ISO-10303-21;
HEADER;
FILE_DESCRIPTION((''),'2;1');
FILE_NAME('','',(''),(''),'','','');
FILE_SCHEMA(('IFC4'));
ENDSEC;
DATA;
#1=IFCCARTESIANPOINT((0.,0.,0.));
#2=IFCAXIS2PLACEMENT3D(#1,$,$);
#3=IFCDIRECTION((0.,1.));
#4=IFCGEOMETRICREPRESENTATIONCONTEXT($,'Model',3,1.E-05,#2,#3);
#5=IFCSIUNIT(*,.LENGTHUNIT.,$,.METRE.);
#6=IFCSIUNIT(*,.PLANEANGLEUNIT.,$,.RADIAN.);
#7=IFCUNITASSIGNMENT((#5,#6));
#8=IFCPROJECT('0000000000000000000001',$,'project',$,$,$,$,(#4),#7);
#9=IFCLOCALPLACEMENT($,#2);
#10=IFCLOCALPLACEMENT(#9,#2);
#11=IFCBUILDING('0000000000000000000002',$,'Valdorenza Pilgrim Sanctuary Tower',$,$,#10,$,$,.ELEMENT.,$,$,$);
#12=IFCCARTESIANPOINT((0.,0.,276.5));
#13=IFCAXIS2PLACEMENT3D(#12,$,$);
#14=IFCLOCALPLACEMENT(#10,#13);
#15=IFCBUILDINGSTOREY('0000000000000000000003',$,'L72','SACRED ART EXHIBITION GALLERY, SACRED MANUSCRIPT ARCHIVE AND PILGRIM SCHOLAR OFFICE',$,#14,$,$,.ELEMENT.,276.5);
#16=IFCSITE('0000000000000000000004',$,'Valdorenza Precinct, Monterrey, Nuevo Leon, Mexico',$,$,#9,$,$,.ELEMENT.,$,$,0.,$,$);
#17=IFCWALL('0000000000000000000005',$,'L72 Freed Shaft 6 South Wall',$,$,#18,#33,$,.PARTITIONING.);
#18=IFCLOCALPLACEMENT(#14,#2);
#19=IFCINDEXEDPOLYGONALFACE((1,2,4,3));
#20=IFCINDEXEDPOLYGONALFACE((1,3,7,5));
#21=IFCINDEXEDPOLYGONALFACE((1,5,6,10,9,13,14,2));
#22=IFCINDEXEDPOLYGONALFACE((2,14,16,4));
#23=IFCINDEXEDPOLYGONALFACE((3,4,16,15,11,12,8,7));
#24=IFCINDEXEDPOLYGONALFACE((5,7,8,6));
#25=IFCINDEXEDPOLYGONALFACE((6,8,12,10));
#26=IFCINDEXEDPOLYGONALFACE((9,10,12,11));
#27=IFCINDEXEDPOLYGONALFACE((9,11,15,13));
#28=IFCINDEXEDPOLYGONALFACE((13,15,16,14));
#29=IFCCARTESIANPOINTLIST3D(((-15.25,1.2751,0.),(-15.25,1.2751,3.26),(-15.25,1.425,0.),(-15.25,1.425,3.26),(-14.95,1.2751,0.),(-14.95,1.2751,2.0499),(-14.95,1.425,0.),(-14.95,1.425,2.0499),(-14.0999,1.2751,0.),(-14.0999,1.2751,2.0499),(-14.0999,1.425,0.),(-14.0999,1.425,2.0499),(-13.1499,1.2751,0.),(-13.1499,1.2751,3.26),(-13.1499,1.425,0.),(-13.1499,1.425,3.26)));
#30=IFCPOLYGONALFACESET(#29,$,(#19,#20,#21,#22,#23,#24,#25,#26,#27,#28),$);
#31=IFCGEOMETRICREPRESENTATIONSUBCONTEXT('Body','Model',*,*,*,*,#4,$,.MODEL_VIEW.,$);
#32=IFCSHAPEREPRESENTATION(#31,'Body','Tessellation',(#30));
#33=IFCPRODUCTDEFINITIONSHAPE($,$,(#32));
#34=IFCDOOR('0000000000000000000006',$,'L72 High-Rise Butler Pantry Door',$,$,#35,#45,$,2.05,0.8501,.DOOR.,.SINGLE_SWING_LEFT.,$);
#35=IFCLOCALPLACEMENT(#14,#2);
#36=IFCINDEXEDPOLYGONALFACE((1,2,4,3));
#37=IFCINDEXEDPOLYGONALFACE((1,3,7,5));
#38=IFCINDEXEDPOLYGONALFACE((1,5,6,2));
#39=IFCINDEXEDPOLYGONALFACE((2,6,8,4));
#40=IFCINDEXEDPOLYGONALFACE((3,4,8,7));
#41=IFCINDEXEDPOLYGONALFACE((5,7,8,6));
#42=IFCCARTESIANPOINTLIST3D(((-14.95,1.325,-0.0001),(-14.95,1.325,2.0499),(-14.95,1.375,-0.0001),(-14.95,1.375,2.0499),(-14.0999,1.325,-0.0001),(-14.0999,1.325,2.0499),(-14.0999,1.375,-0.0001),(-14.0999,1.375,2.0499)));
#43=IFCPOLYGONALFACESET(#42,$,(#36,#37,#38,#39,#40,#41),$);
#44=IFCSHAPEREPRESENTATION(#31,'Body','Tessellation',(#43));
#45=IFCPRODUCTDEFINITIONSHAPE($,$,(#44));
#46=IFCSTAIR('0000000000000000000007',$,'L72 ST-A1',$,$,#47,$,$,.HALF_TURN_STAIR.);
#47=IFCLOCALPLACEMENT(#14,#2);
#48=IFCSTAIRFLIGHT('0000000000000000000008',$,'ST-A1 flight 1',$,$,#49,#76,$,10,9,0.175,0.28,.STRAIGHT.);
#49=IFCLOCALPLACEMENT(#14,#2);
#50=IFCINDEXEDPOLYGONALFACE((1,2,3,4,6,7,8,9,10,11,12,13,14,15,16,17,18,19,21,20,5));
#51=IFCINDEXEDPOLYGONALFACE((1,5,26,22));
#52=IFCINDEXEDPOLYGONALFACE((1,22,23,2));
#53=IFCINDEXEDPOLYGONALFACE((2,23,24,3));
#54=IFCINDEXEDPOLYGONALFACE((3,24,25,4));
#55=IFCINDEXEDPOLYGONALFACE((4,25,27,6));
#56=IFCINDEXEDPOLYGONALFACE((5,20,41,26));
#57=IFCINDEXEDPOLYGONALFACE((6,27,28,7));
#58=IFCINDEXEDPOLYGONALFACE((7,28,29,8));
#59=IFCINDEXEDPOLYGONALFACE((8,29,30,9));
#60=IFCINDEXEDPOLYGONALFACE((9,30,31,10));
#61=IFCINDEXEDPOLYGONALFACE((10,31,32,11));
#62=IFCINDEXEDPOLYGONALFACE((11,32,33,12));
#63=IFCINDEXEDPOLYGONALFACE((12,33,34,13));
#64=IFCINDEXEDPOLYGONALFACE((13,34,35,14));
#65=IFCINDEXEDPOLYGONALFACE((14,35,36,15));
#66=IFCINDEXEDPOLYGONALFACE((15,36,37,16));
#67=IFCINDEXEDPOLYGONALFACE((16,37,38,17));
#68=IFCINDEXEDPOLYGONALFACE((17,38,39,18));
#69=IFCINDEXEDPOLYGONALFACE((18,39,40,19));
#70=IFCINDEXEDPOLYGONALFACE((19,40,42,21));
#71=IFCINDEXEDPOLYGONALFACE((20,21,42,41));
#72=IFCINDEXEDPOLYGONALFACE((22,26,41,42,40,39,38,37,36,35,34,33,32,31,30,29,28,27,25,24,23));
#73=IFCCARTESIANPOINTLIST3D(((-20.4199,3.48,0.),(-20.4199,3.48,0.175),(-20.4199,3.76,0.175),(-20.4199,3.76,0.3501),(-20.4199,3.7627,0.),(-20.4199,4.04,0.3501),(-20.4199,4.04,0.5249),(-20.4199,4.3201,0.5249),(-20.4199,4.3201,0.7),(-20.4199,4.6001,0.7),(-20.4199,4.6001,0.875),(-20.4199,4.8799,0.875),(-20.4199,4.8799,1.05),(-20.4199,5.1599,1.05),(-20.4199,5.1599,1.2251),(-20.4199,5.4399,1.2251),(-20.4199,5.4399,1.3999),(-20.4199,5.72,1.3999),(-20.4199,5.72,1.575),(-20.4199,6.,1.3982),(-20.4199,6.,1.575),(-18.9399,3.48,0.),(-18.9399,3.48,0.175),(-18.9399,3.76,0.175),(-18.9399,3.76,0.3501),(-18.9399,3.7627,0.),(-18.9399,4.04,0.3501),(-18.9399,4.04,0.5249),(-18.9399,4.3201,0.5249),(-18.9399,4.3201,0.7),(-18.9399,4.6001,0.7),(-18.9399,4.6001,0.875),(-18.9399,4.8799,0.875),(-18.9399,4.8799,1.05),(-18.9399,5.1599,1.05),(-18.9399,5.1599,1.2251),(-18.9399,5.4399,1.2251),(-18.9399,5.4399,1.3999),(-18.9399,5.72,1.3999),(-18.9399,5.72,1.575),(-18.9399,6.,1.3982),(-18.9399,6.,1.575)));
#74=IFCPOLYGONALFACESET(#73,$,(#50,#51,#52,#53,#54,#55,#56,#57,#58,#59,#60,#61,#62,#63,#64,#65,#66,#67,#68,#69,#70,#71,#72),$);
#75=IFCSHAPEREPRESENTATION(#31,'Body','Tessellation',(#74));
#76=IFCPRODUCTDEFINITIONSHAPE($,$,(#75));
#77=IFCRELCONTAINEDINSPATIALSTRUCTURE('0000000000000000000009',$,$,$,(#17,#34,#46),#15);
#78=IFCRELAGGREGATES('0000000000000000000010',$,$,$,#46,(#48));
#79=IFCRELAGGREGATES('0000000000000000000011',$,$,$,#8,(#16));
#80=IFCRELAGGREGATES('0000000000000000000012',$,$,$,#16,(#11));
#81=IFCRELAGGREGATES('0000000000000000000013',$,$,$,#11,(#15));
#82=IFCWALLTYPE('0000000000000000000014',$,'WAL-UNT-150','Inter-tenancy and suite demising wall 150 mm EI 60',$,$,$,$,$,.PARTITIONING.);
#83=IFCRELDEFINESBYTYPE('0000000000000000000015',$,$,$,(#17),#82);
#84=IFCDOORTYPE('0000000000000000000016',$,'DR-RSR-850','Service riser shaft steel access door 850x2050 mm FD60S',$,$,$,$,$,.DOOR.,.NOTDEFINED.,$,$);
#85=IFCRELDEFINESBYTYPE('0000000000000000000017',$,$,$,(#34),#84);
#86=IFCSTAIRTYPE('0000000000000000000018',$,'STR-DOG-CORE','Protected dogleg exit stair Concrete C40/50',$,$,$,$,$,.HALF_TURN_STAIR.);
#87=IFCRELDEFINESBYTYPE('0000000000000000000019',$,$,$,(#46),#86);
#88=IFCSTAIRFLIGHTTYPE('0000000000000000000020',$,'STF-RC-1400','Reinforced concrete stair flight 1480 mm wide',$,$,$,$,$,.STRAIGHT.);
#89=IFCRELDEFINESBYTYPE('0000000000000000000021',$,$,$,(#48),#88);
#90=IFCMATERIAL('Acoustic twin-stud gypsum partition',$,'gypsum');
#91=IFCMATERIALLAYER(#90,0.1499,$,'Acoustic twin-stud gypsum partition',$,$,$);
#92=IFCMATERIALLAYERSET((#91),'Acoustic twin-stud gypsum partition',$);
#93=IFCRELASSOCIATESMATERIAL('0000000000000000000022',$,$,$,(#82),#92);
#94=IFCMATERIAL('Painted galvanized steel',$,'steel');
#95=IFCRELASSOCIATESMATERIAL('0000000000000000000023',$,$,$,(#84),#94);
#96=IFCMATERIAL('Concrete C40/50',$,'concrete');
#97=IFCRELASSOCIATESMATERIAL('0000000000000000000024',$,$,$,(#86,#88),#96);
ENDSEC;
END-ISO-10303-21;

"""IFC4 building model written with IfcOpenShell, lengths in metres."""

from ifc_helpers import new_model, si_unit, direction, frame, frame_2d, origin, place, context, subcontext, project, spatial, polyline, rectangle, outline, extrude, material, layer, layer_set, type_object, element, fill, aggregate, save


model = new_model("IFC4")

# Units and contexts
model_context = context("Model", 3, precision=1e-05, world=origin(), true_north=direction((0.0, 1.0)))
body_context = subcontext(model_context, "Body", "Model", "MODEL_VIEW")
ifc_project = project(units=[si_unit("LENGTHUNIT", "METRE"), si_unit("PLANEANGLEUNIT", "RADIAN")], contexts=[model_context])

# Site, building, storey
site_placement = place(None, origin())
site = spatial("IfcSite", under=ifc_project, at=site_placement, Name="Valdorenza Precinct, Monterrey, Nuevo Leon, Mexico", CompositionType="ELEMENT", RefElevation=0.0)
building_placement = place(site_placement, origin())
building = spatial("IfcBuilding", under=site, at=building_placement, Name="Valdorenza Pilgrim Sanctuary Tower", CompositionType="ELEMENT")
storey_placement = place(building_placement, frame((0.0, 0.0, 276.5)))
storey = spatial("IfcBuildingStorey", under=building, at=storey_placement, Name="L72", Description="SACRED ART EXHIBITION GALLERY, SACRED MANUSCRIPT ARCHIVE AND PILGRIM SCHOLAR OFFICE", CompositionType="ELEMENT", Elevation=276.5)

# Shared definitions
ifc_material_1 = material(Name="Acoustic twin-stud gypsum partition", Category="gypsum")

# Shared definitions
ifc_material_2 = material(Name="Concrete C40/50", Category="concrete")
ifc_layer_1 = layer(ifc_material_1, 0.1499, Name="Acoustic twin-stud gypsum partition")
ifc_layer_set_1 = layer_set([ifc_layer_1], Name="Acoustic twin-stud gypsum partition")
wall_type_1 = type_object("IfcWallType", Name="WAL-UNT-150", Description="Inter-tenancy and suite demising wall 150 mm EI 60", PredefinedType="PARTITIONING", material=ifc_layer_set_1)

# Wall, opening, door
wall_1_placement = place(storey_placement, frame((-15.25, 1.3501, 0.0), z_axis=(0.0, 0.0, 1.0), x_axis=(1.0, 0.0, 0.0)))
wall_1 = element("IfcWall", 1, at=wall_1_placement, inside=storey, type_object=wall_type_1, Name="L72 Freed Shaft 6 South Wall", PredefinedType="PARTITIONING", context=body_context, shape_type="SweptSolid", body=[
    extrude(rectangle(XDim=2.1001, YDim=0.1499, at=frame_2d((1.05, 0.0))), origin(), (0.0, 0.0, 1.0), 3.26),
])
opening_1_placement = place(wall_1_placement, frame((0.3, 0.0, 0.0)))
opening_1 = element("IfcOpeningElement", 2, at=opening_1_placement, cuts=wall_1, PredefinedType="OPENING", context=body_context, shape_type="SweptSolid", body=[
    extrude(rectangle(XDim=0.8501, YDim=2.05, at=frame_2d((0.425, 1.0249))), frame((0.0, 0.0898, 0.0), z_axis=(0.0, -1.0, 0.0), x_axis=(1.0, 0.0, 0.0)), (0.0, 0.0, 1.0), 0.1797),
])
ifc_material_3 = material(Name="Painted galvanized steel", Category="steel")
door_type_1 = type_object("IfcDoorType", Name="DR-RSR-850", Description="Service riser shaft steel access door 850x2050 mm FD60S", OperationType="NOTDEFINED", PredefinedType="DOOR", material=ifc_material_3)
door_1_placement = place(opening_1_placement, origin())
door_1 = element("IfcDoor", 3, at=door_1_placement, inside=storey, type_object=door_type_1, Name="L72 High-Rise Butler Pantry Door", OperationType="SINGLE_SWING_LEFT", OverallHeight=2.05, OverallWidth=0.8501, PredefinedType="DOOR", context=body_context, shape_type="SweptSolid", body=[
    extrude(rectangle(XDim=0.8501, YDim=2.05, at=frame_2d((0.425, 1.0249))), frame((0.0, 0.0249, 0.0), z_axis=(0.0, -1.0, 0.0), x_axis=(1.0, 0.0, 0.0)), (0.0, 0.0, 1.0), 0.05),
])
fill(opening_1, door_1)

# Stair, stair flight
stair_type = type_object("IfcStairType", Name="STR-DOG-CORE", Description="Protected dogleg exit stair Concrete C40/50", PredefinedType="HALF_TURN_STAIR", material=ifc_material_2)
stair_placement = place(storey_placement, origin())
stair = element("IfcStair", 4, at=stair_placement, inside=storey, type_object=stair_type, Name="L72 ST-A1", PredefinedType="HALF_TURN_STAIR")
stair_flight_type = type_object("IfcStairFlightType", Name="STF-RC-1400", Description="Reinforced concrete stair flight 1480 mm wide", PredefinedType="STRAIGHT", material=ifc_material_2)
stair_flight_placement = place(storey_placement, frame((-19.6799, 3.48, 0.0), z_axis=(0.0, 0.0, 1.0), x_axis=(0.0, 1.0, 0.0)))
stair_flight = element("IfcStairFlight", 5, at=stair_flight_placement, type_object=stair_flight_type, Name="ST-A1 flight 1", NumberOfRisers=10, NumberOfTreads=9, PredefinedType="STRAIGHT", RiserHeight=0.175, TreadLength=0.28, context=body_context, shape_type="SweptSolid", body=[
    extrude(outline(polyline([(0.0, 0.0), (0.0, 0.175), (0.28, 0.175), (0.28, 0.3501), (0.5601, 0.3501), (0.5601, 0.5249), (0.8401, 0.5249), (0.8401, 0.7), (1.1201, 0.7), (1.1201, 0.875), (1.3999, 0.875), (1.3999, 1.05), (1.6799, 1.05), (1.6799, 1.2251), (1.96, 1.2251), (1.96, 1.3999), (2.24, 1.3999), (2.24, 1.575), (2.52, 1.575), (2.52, 1.75), (2.52, 1.3982), (0.2827, 0.0), (0.0, 0.0)])), frame((0.0, 0.74, 0.0), z_axis=(0.0, -1.0, 0.0), x_axis=(1.0, 0.0, 0.0)), (0.0, 0.0, 1.0), 1.48),
])
aggregate(stair, [stair_flight])

save(model, "model.ifc")
